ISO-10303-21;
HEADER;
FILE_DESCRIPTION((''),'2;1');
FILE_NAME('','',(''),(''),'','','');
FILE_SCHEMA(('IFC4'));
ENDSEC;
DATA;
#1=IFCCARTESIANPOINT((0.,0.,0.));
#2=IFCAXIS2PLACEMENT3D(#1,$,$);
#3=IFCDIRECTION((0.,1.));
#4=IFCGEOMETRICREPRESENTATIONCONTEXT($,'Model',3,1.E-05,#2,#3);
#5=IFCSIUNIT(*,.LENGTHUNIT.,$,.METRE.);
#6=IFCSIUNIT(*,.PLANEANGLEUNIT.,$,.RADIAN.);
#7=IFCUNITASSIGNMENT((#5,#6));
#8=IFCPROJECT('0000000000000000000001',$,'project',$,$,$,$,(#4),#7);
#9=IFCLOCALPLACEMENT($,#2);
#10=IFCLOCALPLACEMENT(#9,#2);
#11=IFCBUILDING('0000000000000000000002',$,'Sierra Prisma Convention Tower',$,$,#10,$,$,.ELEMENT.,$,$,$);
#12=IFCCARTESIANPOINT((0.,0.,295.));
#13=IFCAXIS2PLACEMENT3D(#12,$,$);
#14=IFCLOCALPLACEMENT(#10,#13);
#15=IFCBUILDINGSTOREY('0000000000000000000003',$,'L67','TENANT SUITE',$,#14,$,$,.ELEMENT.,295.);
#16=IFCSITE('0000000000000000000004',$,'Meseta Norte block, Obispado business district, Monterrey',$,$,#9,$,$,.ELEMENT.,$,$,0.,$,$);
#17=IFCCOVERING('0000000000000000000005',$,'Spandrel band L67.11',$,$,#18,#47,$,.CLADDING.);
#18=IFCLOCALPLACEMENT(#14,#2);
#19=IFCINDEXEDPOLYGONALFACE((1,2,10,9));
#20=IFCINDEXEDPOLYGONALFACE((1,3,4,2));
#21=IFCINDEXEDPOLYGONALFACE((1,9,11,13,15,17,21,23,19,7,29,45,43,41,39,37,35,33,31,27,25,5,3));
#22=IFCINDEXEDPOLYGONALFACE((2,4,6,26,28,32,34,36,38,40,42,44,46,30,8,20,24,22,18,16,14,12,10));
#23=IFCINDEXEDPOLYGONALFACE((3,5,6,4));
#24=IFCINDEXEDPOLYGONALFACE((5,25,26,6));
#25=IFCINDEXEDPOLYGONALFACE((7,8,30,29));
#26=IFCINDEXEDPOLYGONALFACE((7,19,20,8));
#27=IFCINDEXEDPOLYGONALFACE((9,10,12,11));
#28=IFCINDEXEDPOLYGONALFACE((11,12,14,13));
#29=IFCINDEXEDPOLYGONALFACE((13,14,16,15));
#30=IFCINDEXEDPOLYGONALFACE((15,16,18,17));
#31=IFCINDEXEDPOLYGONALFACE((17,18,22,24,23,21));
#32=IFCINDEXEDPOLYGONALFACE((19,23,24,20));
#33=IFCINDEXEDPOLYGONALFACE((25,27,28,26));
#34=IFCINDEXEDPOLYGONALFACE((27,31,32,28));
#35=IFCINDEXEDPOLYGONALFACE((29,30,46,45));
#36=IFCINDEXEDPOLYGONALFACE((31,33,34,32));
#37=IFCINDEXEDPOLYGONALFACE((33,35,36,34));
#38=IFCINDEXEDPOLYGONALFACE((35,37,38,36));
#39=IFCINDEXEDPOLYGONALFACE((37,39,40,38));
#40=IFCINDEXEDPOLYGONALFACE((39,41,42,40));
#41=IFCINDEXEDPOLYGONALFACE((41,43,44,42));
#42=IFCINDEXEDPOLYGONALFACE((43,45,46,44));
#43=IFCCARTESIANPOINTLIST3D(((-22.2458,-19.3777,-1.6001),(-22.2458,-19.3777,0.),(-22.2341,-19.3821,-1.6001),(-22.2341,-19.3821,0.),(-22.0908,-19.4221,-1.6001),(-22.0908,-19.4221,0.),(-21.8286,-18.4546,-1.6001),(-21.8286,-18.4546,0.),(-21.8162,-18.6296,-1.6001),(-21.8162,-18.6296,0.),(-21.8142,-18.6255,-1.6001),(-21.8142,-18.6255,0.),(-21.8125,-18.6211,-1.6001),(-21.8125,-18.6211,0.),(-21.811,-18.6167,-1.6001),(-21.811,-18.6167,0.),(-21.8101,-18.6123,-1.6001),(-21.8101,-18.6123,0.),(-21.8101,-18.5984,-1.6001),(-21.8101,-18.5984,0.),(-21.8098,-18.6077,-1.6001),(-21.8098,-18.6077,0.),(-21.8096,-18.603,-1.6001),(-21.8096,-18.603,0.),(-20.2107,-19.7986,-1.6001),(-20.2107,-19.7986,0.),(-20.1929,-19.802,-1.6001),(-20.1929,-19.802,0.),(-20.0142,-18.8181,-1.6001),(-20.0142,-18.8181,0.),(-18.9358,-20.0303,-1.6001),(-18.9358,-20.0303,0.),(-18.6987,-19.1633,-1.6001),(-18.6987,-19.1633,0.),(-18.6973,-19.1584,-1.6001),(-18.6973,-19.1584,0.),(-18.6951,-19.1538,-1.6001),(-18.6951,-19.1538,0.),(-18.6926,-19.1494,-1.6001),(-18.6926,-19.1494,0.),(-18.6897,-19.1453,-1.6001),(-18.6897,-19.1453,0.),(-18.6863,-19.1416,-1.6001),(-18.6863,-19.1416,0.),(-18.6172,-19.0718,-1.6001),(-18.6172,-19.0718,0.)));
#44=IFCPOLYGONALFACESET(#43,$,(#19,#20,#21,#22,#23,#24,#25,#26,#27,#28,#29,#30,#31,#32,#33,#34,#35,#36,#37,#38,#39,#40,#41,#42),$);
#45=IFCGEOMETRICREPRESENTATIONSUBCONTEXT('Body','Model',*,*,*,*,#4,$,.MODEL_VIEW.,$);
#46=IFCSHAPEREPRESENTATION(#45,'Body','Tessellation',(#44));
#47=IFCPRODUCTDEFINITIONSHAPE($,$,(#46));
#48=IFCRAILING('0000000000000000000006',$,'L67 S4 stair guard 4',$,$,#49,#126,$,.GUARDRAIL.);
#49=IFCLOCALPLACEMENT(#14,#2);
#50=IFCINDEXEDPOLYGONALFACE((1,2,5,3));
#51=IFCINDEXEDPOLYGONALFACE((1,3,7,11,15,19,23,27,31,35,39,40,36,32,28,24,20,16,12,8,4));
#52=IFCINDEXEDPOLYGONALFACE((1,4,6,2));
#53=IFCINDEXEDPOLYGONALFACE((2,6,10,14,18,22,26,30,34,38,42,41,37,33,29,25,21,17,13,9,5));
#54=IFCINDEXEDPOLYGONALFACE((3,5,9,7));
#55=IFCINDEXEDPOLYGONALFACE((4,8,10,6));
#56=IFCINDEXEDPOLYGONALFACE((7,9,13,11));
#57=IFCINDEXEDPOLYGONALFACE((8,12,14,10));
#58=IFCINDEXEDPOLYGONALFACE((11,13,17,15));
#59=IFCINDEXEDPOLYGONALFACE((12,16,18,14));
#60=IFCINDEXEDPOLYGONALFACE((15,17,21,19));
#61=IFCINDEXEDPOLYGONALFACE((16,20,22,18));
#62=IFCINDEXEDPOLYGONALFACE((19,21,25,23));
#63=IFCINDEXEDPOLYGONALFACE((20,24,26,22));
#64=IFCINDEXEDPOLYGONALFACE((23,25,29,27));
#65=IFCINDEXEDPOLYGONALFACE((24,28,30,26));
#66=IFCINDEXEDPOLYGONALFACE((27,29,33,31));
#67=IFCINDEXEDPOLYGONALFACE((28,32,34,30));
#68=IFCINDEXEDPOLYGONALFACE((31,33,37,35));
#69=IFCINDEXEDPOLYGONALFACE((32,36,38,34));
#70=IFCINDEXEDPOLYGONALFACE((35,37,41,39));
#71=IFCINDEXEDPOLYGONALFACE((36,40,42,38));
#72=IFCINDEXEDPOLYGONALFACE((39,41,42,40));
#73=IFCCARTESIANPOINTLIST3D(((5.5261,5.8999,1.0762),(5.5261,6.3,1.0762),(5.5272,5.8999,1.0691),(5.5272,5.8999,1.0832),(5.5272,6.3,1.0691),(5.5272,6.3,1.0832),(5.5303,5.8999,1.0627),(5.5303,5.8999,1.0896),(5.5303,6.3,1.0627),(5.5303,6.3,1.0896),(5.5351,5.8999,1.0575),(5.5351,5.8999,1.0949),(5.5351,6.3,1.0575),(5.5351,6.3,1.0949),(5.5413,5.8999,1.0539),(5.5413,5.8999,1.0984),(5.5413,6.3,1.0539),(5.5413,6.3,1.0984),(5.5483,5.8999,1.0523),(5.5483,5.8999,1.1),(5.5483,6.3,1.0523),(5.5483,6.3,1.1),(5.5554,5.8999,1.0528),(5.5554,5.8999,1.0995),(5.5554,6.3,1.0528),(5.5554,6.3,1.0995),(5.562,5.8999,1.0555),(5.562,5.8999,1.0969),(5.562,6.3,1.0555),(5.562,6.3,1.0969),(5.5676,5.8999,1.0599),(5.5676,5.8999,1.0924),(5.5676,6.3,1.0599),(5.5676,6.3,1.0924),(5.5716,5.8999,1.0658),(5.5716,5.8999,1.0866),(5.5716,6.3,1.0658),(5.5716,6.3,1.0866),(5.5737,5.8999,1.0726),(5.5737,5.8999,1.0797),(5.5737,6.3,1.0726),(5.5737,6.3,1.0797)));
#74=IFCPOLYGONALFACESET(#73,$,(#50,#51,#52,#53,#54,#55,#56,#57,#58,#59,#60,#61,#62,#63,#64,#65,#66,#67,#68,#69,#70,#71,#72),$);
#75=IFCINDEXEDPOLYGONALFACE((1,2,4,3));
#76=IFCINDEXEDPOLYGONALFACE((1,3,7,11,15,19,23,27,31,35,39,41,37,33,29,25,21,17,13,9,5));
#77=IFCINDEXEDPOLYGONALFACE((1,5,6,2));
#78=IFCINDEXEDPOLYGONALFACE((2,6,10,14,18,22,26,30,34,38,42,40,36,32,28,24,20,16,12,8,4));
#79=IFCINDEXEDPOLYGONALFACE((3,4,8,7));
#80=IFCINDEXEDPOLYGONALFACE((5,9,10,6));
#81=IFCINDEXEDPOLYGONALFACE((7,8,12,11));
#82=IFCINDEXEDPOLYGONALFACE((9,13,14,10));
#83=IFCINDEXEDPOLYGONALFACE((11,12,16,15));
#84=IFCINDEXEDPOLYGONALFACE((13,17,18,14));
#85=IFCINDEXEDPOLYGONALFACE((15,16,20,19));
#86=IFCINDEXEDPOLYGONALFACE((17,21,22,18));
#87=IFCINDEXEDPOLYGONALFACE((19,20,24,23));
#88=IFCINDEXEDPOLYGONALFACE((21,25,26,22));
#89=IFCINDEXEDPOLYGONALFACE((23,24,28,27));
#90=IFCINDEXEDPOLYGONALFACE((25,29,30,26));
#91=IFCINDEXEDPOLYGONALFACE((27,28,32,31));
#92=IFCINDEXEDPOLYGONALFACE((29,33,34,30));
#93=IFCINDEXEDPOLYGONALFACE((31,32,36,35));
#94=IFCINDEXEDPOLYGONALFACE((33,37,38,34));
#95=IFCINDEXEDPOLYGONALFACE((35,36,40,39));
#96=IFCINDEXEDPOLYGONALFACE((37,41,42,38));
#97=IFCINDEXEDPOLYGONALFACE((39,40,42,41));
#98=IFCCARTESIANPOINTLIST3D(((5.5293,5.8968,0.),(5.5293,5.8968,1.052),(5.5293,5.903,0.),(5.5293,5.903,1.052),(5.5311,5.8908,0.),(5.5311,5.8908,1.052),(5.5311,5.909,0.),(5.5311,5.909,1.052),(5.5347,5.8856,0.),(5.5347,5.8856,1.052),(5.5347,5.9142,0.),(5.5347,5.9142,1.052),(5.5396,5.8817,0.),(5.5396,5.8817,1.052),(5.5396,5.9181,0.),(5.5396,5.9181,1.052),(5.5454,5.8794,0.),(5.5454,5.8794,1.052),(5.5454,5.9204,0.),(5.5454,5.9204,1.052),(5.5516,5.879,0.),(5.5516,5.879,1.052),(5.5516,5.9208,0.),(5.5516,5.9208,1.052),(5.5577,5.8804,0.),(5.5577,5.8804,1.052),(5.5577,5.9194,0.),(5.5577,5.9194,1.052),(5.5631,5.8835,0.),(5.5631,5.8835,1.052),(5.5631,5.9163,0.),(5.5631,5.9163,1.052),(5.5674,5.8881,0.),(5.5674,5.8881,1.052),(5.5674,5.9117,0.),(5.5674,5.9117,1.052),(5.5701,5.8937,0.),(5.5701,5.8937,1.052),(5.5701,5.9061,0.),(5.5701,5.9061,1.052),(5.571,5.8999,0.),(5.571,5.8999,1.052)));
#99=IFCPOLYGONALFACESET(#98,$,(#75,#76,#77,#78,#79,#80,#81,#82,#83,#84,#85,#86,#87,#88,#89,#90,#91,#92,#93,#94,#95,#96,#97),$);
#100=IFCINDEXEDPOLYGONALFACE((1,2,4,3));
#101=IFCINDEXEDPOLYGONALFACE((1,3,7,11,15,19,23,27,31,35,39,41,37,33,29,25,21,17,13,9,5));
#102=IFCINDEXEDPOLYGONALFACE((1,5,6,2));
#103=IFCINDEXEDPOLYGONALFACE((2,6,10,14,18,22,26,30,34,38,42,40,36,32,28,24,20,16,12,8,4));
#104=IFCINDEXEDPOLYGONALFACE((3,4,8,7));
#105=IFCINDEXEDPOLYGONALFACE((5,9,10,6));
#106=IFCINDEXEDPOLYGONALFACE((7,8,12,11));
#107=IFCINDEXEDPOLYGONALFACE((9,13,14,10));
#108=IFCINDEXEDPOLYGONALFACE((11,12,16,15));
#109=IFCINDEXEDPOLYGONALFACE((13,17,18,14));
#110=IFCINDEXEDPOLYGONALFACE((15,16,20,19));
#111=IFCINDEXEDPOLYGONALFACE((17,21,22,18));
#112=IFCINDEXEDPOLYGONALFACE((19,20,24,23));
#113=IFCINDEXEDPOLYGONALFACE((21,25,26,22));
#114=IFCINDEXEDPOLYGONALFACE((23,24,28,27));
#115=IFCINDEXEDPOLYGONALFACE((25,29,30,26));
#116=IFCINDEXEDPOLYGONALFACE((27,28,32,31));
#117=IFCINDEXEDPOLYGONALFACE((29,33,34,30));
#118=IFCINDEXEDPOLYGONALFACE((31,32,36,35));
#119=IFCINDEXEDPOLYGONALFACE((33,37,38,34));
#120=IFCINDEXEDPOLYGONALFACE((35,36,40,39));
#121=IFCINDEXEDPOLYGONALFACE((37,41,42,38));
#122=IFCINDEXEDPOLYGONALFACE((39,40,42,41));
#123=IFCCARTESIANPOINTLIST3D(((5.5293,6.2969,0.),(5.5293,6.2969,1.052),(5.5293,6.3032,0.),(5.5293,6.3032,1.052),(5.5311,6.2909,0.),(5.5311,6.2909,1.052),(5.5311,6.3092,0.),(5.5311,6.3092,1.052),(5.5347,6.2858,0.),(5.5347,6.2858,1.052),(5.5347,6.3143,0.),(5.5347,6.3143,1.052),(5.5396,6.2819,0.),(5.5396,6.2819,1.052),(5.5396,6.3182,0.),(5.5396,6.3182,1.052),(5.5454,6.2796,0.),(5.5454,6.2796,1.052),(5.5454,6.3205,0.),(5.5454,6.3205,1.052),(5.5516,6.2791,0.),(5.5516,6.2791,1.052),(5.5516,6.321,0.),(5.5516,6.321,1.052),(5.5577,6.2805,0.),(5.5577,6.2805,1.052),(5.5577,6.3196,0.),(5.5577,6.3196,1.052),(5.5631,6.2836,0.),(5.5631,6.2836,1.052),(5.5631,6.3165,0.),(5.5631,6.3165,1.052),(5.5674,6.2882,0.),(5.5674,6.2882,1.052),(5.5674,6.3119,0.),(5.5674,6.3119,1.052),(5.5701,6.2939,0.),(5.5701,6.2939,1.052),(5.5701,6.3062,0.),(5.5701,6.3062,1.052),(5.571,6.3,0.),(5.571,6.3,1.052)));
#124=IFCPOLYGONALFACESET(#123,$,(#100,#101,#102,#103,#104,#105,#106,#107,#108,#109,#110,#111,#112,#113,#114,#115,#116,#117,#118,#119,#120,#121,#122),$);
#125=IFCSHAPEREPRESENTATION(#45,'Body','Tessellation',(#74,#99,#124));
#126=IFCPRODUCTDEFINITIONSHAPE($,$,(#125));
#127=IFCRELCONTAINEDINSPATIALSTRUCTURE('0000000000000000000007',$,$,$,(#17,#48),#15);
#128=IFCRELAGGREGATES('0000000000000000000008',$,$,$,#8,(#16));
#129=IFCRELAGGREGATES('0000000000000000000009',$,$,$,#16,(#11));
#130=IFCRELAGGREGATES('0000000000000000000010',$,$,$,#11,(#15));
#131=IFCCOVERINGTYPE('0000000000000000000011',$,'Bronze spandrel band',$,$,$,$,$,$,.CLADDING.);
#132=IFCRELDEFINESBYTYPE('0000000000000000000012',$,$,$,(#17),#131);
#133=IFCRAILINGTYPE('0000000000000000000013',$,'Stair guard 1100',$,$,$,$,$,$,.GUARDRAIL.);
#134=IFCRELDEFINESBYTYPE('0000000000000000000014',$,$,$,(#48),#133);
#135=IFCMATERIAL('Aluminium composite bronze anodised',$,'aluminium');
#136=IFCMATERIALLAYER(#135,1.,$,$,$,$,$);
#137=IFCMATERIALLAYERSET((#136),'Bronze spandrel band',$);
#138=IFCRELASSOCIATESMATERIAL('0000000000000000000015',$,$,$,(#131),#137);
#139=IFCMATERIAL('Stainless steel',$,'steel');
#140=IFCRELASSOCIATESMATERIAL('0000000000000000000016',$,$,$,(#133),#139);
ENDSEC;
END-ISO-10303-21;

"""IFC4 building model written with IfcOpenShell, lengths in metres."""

from ifc_helpers import new_model, si_unit, direction, frame, origin, origin_2d, place, context, subcontext, project, spatial, polyline, circle, outline, extrude, material, layer, layer_set, type_object, element, save


model = new_model("IFC4")

# Units and contexts
model_context = context("Model", 3, precision=1e-05, world=origin(), true_north=direction((0.0, 1.0)))
body_context = subcontext(model_context, "Body", "Model", "MODEL_VIEW")
ifc_project = project(units=[si_unit("LENGTHUNIT", "METRE"), si_unit("PLANEANGLEUNIT", "RADIAN")], contexts=[model_context])

# Site, building, storey
site_placement = place(None, origin())
site = spatial("IfcSite", under=ifc_project, at=site_placement, Name="Meseta Norte block, Obispado business district, Monterrey", CompositionType="ELEMENT", RefElevation=0.0)
building_placement = place(site_placement, origin())
building = spatial("IfcBuilding", under=site, at=building_placement, Name="Sierra Prisma Convention Tower", CompositionType="ELEMENT")
storey_placement = place(building_placement, frame((0.0, 0.0, 295.0)))
storey = spatial("IfcBuildingStorey", under=building, at=storey_placement, Name="L67", Description="TENANT SUITE", CompositionType="ELEMENT", Elevation=295.0)

# Covering
ifc_material_1 = material(Name="Aluminium composite bronze anodised", Category="aluminium")
ifc_layer_1 = layer(ifc_material_1, 1.0)
ifc_layer_set_1 = layer_set([ifc_layer_1], Name="Bronze spandrel band")
covering_type_1 = type_object("IfcCoveringType", Name="Bronze spandrel band", PredefinedType="CLADDING", material=ifc_layer_set_1)
covering_1_placement = place(storey_placement, frame((0.0, 0.0, -1.6001)))
element("IfcCovering", 1, at=covering_1_placement, inside=storey, type_object=covering_type_1, Name="Spandrel band L67.11", PredefinedType="CLADDING", context=body_context, shape_type="SweptSolid", body=[
    extrude(outline(polyline([(-18.6951, -19.1538), (-18.6973, -19.1584), (-18.6987, -19.1633), (-18.9358, -20.0303), (-20.1929, -19.802), (-20.2107, -19.7986), (-22.0908, -19.4221), (-22.2341, -19.3821), (-22.2458, -19.3777), (-21.8162, -18.6296), (-21.8142, -18.6255), (-21.8125, -18.6211), (-21.811, -18.6167), (-21.8101, -18.6123), (-21.8098, -18.6077), (-21.8096, -18.603), (-21.8101, -18.5984), (-21.8286, -18.4546), (-20.0142, -18.8181), (-18.6172, -19.0718), (-18.6863, -19.1416), (-18.6897, -19.1453), (-18.6926, -19.1494), (-18.6951, -19.1538)])), origin(), (0.0, 0.0, 1.0), 1.6001),
])

# Railing
ifc_material_2 = material(Name="Stainless steel", Category="steel")
railing_type = type_object("IfcRailingType", Name="Stair guard 1100", PredefinedType="GUARDRAIL", material=ifc_material_2)
railing_placement = place(storey_placement, frame((5.55, 5.8999, 0.0)))
element("IfcRailing", 2, at=railing_placement, inside=storey, type_object=railing_type, Name="L67 S4 stair guard 4", PredefinedType="GUARDRAIL", context=body_context, shape_type="SweptSolid", body=[
    extrude(circle(Radius=0.0239, at=origin_2d()), frame((0.0, 0.0, 1.0762), z_axis=(0.0, 1.0, 0.0), x_axis=(-1.0, 0.0, 0.0)), (0.0, 0.0, 1.0), 0.4001),
    extrude(circle(Radius=0.021, at=origin_2d()), origin(), (0.0, 0.0, 1.0), 1.052),
    extrude(circle(Radius=0.021, at=origin_2d()), frame((0.0, 0.4001, 0.0)), (0.0, 0.0, 1.0), 1.052),
])

save(model, "model.ifc")
